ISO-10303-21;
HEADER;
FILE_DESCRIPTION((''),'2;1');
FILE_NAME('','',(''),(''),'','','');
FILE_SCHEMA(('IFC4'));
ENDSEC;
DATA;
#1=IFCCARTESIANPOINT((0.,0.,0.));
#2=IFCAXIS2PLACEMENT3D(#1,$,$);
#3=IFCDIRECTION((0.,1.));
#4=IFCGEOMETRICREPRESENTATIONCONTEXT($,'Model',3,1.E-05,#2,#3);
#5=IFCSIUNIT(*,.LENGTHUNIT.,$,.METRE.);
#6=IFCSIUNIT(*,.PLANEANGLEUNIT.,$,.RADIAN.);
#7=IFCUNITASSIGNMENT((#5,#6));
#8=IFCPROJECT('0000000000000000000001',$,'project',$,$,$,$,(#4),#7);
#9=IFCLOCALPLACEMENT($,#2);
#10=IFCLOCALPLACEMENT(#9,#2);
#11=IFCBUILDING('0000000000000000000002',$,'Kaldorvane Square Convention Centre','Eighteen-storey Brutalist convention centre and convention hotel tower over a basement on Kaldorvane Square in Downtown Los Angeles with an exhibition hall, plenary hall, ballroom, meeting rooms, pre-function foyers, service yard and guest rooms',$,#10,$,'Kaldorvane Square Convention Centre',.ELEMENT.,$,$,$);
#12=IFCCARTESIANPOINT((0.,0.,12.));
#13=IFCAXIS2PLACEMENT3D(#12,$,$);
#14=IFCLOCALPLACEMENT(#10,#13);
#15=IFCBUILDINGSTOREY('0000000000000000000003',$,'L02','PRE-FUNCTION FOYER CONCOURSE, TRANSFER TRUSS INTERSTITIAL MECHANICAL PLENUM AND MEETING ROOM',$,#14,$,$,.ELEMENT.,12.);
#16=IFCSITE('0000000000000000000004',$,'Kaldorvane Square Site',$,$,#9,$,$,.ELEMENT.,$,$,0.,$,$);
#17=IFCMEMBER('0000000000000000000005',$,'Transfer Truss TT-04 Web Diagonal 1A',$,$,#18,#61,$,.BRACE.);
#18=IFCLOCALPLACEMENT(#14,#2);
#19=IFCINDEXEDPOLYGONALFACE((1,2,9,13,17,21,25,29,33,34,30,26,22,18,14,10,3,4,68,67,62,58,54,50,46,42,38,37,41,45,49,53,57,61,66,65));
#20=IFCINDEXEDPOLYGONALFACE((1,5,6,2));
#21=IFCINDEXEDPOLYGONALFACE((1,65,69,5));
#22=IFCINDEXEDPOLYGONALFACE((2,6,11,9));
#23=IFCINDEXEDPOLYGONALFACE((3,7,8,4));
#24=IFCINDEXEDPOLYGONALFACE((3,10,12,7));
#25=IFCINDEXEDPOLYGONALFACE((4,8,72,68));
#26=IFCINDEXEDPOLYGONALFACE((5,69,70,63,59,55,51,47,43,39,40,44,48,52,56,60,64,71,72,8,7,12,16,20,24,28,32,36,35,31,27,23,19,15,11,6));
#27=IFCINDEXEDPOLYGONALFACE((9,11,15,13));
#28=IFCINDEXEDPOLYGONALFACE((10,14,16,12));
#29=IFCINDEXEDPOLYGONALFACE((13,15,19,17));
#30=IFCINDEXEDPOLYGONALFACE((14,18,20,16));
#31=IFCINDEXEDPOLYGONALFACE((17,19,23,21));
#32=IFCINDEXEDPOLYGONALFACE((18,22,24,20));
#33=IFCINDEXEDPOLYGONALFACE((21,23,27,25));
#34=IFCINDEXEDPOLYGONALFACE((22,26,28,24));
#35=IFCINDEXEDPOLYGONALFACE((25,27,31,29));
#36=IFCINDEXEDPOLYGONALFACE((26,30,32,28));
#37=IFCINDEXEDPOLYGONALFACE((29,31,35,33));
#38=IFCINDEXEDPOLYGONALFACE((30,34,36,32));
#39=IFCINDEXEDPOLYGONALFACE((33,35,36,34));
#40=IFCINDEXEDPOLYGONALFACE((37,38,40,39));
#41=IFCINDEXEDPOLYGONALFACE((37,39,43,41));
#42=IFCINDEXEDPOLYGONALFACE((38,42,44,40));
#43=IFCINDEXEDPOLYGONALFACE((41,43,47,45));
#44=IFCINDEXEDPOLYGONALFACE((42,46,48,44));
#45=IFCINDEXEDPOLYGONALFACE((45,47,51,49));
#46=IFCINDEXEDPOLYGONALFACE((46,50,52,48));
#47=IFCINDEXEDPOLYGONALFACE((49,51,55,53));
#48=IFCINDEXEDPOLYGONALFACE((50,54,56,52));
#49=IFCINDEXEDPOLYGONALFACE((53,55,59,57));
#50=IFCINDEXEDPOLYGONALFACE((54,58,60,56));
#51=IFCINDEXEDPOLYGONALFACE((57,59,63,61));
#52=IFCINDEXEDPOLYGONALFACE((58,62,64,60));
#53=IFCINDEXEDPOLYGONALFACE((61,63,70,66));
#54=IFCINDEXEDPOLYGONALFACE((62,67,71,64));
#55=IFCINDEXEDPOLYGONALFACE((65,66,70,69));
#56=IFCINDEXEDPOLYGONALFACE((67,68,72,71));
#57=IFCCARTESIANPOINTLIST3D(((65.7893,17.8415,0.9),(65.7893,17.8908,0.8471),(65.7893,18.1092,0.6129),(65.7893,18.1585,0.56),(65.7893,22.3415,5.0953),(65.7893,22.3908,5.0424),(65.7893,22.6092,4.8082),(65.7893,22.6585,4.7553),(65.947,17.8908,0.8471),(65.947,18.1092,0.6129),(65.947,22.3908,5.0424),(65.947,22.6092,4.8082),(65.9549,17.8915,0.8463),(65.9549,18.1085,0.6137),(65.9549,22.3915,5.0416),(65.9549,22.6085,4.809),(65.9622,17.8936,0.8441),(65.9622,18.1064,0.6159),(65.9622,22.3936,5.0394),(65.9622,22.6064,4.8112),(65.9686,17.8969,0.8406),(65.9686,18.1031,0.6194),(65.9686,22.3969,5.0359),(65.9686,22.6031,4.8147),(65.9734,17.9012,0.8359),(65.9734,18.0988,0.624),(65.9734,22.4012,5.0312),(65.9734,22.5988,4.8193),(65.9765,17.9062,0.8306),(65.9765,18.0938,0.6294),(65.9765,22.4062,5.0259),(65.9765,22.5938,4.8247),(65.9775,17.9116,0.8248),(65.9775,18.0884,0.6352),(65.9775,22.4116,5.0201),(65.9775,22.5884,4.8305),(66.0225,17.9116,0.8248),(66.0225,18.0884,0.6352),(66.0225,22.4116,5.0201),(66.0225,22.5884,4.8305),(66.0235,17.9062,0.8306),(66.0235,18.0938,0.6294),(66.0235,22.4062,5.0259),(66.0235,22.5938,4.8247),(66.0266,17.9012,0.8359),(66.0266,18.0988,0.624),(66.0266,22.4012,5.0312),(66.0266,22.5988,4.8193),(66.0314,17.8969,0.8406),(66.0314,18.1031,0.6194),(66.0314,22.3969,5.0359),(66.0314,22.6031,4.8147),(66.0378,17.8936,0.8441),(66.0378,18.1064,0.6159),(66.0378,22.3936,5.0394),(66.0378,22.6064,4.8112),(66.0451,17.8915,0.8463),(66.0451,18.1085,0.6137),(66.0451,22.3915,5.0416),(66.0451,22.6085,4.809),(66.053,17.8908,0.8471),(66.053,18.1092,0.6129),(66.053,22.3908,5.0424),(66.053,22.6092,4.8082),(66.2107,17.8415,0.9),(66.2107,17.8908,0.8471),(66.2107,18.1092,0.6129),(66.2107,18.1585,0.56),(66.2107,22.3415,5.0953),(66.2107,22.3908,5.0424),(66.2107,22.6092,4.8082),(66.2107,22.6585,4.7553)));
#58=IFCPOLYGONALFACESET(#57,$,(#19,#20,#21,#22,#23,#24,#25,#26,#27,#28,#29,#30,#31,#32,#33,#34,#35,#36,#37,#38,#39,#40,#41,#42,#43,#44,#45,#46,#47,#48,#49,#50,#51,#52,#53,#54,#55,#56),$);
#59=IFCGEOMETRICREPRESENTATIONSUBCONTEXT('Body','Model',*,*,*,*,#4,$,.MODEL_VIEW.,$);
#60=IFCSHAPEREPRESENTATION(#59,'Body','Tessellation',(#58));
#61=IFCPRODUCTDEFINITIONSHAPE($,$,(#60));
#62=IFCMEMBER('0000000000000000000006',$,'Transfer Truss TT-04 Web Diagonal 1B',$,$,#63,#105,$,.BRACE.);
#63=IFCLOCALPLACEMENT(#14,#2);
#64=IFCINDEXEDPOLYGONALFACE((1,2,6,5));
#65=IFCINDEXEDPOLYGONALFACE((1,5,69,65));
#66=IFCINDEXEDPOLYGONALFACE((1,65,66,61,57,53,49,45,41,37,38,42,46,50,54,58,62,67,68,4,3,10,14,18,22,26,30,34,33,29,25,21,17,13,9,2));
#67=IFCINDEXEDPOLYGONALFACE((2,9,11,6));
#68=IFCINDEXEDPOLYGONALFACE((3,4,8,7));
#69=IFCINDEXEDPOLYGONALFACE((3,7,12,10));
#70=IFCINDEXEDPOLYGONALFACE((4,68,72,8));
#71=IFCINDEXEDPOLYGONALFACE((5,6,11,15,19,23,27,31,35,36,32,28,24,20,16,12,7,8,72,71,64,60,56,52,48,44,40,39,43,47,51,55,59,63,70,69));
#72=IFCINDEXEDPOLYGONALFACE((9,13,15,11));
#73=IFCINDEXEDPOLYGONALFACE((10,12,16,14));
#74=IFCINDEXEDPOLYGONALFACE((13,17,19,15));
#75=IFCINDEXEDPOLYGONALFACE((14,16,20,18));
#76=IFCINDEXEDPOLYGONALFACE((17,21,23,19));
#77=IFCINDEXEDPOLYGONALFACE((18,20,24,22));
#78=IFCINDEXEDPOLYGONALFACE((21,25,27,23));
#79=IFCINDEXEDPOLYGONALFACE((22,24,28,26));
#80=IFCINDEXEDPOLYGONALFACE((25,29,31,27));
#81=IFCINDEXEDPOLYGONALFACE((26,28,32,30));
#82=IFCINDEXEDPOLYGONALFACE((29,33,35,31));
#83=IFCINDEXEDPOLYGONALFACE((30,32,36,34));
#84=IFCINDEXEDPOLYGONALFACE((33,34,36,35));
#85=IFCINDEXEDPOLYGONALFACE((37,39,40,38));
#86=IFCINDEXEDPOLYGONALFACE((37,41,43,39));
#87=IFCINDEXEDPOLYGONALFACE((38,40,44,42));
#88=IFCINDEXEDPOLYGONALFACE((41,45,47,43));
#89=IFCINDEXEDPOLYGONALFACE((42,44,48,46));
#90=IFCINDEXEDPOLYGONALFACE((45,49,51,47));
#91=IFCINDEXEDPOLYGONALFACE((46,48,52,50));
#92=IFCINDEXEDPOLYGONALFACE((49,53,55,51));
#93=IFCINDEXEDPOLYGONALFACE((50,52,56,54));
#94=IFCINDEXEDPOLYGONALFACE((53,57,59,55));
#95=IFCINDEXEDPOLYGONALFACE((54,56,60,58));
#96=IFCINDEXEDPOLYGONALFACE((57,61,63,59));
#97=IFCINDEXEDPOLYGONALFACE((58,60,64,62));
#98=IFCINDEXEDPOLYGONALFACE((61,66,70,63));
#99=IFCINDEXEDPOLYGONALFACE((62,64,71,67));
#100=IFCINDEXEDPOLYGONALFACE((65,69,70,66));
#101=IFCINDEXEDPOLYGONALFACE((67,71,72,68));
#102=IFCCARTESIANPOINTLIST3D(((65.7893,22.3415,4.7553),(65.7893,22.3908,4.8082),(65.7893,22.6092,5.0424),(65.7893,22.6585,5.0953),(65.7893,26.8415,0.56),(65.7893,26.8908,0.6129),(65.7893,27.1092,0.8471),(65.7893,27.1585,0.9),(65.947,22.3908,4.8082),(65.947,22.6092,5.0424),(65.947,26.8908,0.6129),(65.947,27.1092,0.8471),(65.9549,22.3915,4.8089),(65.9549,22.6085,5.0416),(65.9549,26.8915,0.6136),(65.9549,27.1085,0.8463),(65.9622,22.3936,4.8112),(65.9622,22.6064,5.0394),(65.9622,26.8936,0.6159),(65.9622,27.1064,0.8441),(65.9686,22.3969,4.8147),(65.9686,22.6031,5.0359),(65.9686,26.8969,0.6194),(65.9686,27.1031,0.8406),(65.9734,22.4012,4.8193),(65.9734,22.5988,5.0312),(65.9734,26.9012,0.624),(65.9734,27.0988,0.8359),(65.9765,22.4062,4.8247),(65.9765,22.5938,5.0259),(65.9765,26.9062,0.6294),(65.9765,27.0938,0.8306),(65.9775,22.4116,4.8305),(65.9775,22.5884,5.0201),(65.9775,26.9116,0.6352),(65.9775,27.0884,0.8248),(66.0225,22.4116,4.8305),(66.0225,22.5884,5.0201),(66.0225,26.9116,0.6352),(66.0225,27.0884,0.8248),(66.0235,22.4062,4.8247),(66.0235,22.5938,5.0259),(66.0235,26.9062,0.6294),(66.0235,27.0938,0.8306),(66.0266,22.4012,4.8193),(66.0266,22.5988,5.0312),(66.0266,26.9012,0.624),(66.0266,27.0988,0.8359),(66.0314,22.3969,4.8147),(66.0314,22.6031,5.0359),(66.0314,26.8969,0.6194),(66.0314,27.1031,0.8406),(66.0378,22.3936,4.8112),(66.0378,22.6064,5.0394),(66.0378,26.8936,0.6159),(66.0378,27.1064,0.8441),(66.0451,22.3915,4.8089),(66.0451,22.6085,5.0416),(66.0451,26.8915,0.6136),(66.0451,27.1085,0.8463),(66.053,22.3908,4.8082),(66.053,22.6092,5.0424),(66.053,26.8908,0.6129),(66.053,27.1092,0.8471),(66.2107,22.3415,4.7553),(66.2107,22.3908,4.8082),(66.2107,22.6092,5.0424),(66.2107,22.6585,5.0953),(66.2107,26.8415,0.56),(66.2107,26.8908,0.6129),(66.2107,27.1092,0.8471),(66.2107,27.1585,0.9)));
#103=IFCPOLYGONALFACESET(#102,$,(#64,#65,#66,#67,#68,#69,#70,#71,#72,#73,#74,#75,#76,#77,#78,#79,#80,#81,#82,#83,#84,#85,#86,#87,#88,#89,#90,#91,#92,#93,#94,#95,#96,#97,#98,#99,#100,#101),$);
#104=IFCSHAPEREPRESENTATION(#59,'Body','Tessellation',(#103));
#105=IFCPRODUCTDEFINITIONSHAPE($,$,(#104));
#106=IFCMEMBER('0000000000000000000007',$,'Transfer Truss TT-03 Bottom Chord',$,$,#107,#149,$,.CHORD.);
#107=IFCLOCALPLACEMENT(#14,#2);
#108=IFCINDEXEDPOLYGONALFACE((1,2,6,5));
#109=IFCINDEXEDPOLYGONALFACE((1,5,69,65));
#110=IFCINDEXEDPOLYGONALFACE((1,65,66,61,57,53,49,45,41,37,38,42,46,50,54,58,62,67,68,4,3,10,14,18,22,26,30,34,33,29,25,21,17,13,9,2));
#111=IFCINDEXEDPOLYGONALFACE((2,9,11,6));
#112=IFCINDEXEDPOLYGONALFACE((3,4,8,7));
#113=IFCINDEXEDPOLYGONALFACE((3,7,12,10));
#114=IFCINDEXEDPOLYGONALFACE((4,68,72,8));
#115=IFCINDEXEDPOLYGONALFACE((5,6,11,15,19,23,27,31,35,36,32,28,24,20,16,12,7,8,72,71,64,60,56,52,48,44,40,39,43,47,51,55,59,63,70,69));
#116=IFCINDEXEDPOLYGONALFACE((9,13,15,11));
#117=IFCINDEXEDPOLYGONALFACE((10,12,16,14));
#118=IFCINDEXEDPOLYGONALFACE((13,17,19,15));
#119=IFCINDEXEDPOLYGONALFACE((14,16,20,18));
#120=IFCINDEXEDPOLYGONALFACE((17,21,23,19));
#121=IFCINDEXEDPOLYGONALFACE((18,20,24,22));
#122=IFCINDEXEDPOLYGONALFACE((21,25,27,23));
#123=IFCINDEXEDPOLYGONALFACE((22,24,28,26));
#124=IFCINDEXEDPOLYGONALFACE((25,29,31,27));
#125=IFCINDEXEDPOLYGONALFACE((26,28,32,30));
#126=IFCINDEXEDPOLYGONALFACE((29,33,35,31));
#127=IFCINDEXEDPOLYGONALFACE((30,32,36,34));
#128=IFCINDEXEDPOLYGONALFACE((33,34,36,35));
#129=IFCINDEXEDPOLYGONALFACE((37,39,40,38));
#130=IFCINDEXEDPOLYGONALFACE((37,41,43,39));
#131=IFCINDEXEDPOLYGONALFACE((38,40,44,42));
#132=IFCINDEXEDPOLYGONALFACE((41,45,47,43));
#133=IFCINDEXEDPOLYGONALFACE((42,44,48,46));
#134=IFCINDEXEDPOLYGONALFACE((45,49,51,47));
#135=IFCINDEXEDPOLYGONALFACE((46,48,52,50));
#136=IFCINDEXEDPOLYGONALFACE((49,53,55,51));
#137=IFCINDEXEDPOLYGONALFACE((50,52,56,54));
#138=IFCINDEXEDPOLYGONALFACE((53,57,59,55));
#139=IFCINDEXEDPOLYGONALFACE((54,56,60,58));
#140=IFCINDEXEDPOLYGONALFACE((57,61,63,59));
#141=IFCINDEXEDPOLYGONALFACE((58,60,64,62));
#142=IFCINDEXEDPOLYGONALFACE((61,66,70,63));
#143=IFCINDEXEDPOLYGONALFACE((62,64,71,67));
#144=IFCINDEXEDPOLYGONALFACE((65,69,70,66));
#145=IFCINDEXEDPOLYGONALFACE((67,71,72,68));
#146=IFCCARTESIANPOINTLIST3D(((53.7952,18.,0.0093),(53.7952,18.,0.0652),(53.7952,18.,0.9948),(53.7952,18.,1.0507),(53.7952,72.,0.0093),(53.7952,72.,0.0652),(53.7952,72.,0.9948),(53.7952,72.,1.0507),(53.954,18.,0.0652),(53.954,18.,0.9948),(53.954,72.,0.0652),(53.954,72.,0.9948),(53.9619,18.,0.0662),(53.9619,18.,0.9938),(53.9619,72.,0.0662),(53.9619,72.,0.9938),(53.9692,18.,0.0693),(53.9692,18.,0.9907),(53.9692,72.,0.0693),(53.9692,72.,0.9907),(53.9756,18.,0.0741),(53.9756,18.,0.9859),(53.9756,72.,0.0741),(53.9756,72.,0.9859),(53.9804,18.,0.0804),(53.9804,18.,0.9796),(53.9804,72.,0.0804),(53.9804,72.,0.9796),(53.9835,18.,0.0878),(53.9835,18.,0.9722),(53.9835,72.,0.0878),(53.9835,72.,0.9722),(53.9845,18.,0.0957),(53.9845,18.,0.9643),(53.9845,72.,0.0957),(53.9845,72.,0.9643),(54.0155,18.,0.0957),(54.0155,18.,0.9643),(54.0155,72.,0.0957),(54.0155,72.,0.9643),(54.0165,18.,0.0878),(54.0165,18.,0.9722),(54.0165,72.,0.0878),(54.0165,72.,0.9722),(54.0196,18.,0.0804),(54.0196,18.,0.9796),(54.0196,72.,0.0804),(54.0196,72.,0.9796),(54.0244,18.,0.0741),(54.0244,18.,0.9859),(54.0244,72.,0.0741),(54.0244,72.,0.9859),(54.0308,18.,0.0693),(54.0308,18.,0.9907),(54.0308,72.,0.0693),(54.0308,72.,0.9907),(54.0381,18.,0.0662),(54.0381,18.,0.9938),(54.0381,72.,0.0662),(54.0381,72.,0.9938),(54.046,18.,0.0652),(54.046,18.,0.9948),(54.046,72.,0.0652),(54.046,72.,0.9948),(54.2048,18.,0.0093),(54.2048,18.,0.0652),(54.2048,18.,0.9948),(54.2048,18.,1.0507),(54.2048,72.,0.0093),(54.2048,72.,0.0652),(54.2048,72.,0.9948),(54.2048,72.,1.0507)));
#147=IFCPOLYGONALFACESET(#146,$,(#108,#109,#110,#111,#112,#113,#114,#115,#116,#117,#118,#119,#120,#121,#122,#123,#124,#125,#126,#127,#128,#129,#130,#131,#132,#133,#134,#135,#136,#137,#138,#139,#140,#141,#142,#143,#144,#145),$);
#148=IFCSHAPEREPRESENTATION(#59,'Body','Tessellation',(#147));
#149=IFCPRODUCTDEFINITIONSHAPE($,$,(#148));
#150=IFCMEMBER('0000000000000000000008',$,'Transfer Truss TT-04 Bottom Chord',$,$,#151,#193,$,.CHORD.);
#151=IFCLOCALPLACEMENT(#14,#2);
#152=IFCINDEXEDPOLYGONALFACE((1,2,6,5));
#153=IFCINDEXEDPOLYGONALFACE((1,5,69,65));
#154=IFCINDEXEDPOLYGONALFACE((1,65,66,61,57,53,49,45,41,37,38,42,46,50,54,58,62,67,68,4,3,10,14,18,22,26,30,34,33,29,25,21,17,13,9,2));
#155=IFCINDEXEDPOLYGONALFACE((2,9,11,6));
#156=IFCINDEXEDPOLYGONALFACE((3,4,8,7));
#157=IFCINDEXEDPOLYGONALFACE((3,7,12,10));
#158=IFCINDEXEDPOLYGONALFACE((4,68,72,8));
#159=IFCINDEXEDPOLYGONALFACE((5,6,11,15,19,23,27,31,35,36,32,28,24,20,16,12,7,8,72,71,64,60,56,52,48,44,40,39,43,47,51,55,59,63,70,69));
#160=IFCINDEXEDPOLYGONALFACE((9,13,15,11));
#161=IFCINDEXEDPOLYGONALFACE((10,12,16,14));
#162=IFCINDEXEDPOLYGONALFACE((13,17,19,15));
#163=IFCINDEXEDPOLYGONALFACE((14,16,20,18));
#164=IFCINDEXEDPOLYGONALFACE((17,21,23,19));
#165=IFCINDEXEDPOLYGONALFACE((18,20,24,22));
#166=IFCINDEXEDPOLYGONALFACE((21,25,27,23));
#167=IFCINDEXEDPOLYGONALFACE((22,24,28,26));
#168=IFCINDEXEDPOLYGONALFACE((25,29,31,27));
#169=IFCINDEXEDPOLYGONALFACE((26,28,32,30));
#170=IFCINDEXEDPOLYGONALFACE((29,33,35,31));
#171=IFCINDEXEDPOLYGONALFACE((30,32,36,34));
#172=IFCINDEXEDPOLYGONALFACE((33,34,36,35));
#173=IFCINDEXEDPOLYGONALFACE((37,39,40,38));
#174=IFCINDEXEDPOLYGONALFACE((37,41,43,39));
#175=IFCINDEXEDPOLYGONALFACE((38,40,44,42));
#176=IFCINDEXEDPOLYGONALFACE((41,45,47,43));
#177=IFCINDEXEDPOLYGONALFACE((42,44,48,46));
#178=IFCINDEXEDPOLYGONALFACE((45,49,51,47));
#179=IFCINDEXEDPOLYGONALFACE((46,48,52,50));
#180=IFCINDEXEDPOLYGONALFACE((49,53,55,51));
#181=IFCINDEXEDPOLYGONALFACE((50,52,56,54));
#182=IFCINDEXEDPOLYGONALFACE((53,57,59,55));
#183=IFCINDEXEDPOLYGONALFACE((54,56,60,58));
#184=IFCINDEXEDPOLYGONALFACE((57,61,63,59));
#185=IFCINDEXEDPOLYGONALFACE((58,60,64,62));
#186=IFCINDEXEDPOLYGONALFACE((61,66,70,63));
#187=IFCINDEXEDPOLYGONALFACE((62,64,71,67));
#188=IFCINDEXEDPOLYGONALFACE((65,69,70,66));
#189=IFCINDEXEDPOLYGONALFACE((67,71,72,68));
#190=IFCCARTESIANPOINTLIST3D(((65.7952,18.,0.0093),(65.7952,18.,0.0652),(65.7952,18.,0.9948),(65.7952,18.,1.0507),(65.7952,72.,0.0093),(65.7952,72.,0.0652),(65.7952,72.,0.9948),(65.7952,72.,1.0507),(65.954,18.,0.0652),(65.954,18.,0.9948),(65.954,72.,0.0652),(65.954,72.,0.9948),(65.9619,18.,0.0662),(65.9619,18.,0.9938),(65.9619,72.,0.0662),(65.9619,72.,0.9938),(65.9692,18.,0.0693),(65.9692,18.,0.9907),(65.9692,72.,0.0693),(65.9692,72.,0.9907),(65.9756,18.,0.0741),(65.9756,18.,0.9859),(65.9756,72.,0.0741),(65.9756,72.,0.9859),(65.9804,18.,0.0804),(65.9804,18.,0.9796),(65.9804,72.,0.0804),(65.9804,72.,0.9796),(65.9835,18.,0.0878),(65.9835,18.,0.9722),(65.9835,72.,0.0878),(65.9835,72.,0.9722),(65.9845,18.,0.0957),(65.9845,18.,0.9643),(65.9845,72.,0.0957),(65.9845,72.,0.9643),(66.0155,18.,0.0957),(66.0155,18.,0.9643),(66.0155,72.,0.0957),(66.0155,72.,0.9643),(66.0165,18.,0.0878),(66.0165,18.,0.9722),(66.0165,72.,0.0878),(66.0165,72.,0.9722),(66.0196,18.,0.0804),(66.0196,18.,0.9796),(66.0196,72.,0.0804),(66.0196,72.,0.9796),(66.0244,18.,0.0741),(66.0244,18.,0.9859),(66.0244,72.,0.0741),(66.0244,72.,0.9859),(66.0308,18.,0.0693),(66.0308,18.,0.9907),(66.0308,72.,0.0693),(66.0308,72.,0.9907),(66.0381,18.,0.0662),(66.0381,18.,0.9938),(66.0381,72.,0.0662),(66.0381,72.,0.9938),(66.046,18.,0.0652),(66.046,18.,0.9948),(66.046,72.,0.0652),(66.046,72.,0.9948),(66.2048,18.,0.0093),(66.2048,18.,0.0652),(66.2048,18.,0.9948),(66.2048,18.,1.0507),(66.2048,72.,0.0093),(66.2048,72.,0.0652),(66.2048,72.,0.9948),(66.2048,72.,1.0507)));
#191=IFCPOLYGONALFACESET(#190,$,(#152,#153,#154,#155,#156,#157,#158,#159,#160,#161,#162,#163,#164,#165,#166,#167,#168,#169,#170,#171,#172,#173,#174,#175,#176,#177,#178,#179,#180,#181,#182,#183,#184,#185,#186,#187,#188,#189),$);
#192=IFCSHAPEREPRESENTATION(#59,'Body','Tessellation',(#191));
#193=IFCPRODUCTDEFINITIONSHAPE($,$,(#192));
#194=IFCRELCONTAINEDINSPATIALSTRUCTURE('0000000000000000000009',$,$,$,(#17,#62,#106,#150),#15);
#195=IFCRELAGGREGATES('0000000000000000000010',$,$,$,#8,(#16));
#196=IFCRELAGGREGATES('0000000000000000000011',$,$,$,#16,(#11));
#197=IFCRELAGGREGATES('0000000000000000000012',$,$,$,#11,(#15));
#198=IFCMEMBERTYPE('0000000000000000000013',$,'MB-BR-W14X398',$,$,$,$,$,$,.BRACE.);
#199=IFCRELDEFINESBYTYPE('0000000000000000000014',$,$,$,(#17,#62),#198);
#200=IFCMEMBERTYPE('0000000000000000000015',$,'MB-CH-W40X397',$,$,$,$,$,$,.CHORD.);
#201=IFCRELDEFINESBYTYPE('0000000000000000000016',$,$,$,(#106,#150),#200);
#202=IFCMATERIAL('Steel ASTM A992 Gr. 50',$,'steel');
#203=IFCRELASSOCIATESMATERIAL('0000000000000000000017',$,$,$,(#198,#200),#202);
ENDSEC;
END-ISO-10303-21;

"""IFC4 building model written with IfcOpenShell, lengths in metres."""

from ifc_helpers import new_model, si_unit, direction, frame, origin, origin_2d, place, context, subcontext, project, spatial, i_section, extrude, material, material_profile, profile_set, type_object, element, save


model = new_model("IFC4")

# Units and contexts
model_context = context("Model", 3, precision=1e-05, world=origin(), true_north=direction((0.0, 1.0)))
body_context = subcontext(model_context, "Body", "Model", "MODEL_VIEW")
ifc_project = project(units=[si_unit("LENGTHUNIT", "METRE"), si_unit("PLANEANGLEUNIT", "RADIAN")], contexts=[model_context])

# Site, building, storey
site_placement = place(None, origin())
site = spatial("IfcSite", under=ifc_project, at=site_placement, Name="Kaldorvane Square Site", CompositionType="ELEMENT", RefElevation=0.0)
building_placement = place(site_placement, origin())
building = spatial("IfcBuilding", under=site, at=building_placement, Name="Kaldorvane Square Convention Centre", Description="Eighteen-storey Brutalist convention centre and convention hotel tower over a basement on Kaldorvane Square in Downtown Los Angeles with an exhibition hall, plenary hall, ballroom, meeting rooms, pre-function foyers, service yard and guest rooms", LongName="Kaldorvane Square Convention Centre", CompositionType="ELEMENT")
storey_placement = place(building_placement, frame((0.0, 0.0, 12.0)))
storey = spatial("IfcBuildingStorey", under=building, at=storey_placement, Name="L02", Description="PRE-FUNCTION FOYER CONCOURSE, TRANSFER TRUSS INTERSTITIAL MECHANICAL PLENUM AND MEETING ROOM", CompositionType="ELEMENT", Elevation=12.0)

# Shared definitions
ifc_material_1 = material(Name="Steel ASTM A992 Gr. 50", Category="steel")

# Members
ifc_material_profile_1 = material_profile(ifc_material_1, i_section(OverallWidth=0.4214, OverallDepth=0.4648, WebThickness=0.045, FlangeThickness=0.0723, FilletRadius=0.0305, at=origin_2d()), Name="W14X398")
ifc_profile_set_1 = profile_set([ifc_material_profile_1], Name="Steel ASTM A992 Gr. 50")
member_type_1 = type_object("IfcMemberType", Name="MB-BR-W14X398", PredefinedType="BRACE", material=ifc_profile_set_1)
for number, where, z_axis, x_axis, name in (
    (1, (66.0, 18.0, 0.73), (0.0, 0.731436, 0.68191), (-1.0, 0.0, 0.0), "Transfer Truss TT-04 Web Diagonal 1A"),
    (2, (66.0, 22.5, 4.9253), (0.0, 0.731436, -0.68191), (-1.0, 0.0, 0.0), "Transfer Truss TT-04 Web Diagonal 1B"),
):
    element("IfcMember", number, at=place(storey_placement, frame(where, z_axis=z_axis, x_axis=x_axis)), inside=storey, type_object=member_type_1, Name=name, PredefinedType="BRACE", context=body_context, shape_type="SweptSolid", body=[
        extrude(i_section(OverallWidth=0.4214, OverallDepth=0.4648, WebThickness=0.045, FlangeThickness=0.0723, FilletRadius=0.0305, at=origin_2d()), origin(), (0.0, 0.0, 1.0), 6.1523),
    ])
ifc_material_profile_2 = material_profile(ifc_material_1, i_section(OverallWidth=0.4096, OverallDepth=1.0414, WebThickness=0.031, FlangeThickness=0.0559, FilletRadius=0.0305, at=origin_2d()), Name="W40X397")
ifc_profile_set_2 = profile_set([ifc_material_profile_2], Name="Steel ASTM A992 Gr. 50")
member_type_2 = type_object("IfcMemberType", Name="MB-CH-W40X397", PredefinedType="CHORD", material=ifc_profile_set_2)
for number, where, z_axis, x_axis, name in (
    (3, (54.0, 18.0, 0.53), (0.0, 1.0, 0.0), (-1.0, 0.0, 0.0), "Transfer Truss TT-03 Bottom Chord"),
    (4, (66.0, 18.0, 0.53), (0.0, 1.0, 0.0), (-1.0, 0.0, 0.0), "Transfer Truss TT-04 Bottom Chord"),
):
    element("IfcMember", number, at=place(storey_placement, frame(where, z_axis=z_axis, x_axis=x_axis)), inside=storey, type_object=member_type_2, Name=name, PredefinedType="CHORD", context=body_context, shape_type="SweptSolid", body=[
        extrude(i_section(OverallWidth=0.4096, OverallDepth=1.0414, WebThickness=0.031, FlangeThickness=0.0559, FilletRadius=0.0305, at=origin_2d()), origin(), (0.0, 0.0, 1.0), 54.0),
    ])

save(model, "model.ifc")
